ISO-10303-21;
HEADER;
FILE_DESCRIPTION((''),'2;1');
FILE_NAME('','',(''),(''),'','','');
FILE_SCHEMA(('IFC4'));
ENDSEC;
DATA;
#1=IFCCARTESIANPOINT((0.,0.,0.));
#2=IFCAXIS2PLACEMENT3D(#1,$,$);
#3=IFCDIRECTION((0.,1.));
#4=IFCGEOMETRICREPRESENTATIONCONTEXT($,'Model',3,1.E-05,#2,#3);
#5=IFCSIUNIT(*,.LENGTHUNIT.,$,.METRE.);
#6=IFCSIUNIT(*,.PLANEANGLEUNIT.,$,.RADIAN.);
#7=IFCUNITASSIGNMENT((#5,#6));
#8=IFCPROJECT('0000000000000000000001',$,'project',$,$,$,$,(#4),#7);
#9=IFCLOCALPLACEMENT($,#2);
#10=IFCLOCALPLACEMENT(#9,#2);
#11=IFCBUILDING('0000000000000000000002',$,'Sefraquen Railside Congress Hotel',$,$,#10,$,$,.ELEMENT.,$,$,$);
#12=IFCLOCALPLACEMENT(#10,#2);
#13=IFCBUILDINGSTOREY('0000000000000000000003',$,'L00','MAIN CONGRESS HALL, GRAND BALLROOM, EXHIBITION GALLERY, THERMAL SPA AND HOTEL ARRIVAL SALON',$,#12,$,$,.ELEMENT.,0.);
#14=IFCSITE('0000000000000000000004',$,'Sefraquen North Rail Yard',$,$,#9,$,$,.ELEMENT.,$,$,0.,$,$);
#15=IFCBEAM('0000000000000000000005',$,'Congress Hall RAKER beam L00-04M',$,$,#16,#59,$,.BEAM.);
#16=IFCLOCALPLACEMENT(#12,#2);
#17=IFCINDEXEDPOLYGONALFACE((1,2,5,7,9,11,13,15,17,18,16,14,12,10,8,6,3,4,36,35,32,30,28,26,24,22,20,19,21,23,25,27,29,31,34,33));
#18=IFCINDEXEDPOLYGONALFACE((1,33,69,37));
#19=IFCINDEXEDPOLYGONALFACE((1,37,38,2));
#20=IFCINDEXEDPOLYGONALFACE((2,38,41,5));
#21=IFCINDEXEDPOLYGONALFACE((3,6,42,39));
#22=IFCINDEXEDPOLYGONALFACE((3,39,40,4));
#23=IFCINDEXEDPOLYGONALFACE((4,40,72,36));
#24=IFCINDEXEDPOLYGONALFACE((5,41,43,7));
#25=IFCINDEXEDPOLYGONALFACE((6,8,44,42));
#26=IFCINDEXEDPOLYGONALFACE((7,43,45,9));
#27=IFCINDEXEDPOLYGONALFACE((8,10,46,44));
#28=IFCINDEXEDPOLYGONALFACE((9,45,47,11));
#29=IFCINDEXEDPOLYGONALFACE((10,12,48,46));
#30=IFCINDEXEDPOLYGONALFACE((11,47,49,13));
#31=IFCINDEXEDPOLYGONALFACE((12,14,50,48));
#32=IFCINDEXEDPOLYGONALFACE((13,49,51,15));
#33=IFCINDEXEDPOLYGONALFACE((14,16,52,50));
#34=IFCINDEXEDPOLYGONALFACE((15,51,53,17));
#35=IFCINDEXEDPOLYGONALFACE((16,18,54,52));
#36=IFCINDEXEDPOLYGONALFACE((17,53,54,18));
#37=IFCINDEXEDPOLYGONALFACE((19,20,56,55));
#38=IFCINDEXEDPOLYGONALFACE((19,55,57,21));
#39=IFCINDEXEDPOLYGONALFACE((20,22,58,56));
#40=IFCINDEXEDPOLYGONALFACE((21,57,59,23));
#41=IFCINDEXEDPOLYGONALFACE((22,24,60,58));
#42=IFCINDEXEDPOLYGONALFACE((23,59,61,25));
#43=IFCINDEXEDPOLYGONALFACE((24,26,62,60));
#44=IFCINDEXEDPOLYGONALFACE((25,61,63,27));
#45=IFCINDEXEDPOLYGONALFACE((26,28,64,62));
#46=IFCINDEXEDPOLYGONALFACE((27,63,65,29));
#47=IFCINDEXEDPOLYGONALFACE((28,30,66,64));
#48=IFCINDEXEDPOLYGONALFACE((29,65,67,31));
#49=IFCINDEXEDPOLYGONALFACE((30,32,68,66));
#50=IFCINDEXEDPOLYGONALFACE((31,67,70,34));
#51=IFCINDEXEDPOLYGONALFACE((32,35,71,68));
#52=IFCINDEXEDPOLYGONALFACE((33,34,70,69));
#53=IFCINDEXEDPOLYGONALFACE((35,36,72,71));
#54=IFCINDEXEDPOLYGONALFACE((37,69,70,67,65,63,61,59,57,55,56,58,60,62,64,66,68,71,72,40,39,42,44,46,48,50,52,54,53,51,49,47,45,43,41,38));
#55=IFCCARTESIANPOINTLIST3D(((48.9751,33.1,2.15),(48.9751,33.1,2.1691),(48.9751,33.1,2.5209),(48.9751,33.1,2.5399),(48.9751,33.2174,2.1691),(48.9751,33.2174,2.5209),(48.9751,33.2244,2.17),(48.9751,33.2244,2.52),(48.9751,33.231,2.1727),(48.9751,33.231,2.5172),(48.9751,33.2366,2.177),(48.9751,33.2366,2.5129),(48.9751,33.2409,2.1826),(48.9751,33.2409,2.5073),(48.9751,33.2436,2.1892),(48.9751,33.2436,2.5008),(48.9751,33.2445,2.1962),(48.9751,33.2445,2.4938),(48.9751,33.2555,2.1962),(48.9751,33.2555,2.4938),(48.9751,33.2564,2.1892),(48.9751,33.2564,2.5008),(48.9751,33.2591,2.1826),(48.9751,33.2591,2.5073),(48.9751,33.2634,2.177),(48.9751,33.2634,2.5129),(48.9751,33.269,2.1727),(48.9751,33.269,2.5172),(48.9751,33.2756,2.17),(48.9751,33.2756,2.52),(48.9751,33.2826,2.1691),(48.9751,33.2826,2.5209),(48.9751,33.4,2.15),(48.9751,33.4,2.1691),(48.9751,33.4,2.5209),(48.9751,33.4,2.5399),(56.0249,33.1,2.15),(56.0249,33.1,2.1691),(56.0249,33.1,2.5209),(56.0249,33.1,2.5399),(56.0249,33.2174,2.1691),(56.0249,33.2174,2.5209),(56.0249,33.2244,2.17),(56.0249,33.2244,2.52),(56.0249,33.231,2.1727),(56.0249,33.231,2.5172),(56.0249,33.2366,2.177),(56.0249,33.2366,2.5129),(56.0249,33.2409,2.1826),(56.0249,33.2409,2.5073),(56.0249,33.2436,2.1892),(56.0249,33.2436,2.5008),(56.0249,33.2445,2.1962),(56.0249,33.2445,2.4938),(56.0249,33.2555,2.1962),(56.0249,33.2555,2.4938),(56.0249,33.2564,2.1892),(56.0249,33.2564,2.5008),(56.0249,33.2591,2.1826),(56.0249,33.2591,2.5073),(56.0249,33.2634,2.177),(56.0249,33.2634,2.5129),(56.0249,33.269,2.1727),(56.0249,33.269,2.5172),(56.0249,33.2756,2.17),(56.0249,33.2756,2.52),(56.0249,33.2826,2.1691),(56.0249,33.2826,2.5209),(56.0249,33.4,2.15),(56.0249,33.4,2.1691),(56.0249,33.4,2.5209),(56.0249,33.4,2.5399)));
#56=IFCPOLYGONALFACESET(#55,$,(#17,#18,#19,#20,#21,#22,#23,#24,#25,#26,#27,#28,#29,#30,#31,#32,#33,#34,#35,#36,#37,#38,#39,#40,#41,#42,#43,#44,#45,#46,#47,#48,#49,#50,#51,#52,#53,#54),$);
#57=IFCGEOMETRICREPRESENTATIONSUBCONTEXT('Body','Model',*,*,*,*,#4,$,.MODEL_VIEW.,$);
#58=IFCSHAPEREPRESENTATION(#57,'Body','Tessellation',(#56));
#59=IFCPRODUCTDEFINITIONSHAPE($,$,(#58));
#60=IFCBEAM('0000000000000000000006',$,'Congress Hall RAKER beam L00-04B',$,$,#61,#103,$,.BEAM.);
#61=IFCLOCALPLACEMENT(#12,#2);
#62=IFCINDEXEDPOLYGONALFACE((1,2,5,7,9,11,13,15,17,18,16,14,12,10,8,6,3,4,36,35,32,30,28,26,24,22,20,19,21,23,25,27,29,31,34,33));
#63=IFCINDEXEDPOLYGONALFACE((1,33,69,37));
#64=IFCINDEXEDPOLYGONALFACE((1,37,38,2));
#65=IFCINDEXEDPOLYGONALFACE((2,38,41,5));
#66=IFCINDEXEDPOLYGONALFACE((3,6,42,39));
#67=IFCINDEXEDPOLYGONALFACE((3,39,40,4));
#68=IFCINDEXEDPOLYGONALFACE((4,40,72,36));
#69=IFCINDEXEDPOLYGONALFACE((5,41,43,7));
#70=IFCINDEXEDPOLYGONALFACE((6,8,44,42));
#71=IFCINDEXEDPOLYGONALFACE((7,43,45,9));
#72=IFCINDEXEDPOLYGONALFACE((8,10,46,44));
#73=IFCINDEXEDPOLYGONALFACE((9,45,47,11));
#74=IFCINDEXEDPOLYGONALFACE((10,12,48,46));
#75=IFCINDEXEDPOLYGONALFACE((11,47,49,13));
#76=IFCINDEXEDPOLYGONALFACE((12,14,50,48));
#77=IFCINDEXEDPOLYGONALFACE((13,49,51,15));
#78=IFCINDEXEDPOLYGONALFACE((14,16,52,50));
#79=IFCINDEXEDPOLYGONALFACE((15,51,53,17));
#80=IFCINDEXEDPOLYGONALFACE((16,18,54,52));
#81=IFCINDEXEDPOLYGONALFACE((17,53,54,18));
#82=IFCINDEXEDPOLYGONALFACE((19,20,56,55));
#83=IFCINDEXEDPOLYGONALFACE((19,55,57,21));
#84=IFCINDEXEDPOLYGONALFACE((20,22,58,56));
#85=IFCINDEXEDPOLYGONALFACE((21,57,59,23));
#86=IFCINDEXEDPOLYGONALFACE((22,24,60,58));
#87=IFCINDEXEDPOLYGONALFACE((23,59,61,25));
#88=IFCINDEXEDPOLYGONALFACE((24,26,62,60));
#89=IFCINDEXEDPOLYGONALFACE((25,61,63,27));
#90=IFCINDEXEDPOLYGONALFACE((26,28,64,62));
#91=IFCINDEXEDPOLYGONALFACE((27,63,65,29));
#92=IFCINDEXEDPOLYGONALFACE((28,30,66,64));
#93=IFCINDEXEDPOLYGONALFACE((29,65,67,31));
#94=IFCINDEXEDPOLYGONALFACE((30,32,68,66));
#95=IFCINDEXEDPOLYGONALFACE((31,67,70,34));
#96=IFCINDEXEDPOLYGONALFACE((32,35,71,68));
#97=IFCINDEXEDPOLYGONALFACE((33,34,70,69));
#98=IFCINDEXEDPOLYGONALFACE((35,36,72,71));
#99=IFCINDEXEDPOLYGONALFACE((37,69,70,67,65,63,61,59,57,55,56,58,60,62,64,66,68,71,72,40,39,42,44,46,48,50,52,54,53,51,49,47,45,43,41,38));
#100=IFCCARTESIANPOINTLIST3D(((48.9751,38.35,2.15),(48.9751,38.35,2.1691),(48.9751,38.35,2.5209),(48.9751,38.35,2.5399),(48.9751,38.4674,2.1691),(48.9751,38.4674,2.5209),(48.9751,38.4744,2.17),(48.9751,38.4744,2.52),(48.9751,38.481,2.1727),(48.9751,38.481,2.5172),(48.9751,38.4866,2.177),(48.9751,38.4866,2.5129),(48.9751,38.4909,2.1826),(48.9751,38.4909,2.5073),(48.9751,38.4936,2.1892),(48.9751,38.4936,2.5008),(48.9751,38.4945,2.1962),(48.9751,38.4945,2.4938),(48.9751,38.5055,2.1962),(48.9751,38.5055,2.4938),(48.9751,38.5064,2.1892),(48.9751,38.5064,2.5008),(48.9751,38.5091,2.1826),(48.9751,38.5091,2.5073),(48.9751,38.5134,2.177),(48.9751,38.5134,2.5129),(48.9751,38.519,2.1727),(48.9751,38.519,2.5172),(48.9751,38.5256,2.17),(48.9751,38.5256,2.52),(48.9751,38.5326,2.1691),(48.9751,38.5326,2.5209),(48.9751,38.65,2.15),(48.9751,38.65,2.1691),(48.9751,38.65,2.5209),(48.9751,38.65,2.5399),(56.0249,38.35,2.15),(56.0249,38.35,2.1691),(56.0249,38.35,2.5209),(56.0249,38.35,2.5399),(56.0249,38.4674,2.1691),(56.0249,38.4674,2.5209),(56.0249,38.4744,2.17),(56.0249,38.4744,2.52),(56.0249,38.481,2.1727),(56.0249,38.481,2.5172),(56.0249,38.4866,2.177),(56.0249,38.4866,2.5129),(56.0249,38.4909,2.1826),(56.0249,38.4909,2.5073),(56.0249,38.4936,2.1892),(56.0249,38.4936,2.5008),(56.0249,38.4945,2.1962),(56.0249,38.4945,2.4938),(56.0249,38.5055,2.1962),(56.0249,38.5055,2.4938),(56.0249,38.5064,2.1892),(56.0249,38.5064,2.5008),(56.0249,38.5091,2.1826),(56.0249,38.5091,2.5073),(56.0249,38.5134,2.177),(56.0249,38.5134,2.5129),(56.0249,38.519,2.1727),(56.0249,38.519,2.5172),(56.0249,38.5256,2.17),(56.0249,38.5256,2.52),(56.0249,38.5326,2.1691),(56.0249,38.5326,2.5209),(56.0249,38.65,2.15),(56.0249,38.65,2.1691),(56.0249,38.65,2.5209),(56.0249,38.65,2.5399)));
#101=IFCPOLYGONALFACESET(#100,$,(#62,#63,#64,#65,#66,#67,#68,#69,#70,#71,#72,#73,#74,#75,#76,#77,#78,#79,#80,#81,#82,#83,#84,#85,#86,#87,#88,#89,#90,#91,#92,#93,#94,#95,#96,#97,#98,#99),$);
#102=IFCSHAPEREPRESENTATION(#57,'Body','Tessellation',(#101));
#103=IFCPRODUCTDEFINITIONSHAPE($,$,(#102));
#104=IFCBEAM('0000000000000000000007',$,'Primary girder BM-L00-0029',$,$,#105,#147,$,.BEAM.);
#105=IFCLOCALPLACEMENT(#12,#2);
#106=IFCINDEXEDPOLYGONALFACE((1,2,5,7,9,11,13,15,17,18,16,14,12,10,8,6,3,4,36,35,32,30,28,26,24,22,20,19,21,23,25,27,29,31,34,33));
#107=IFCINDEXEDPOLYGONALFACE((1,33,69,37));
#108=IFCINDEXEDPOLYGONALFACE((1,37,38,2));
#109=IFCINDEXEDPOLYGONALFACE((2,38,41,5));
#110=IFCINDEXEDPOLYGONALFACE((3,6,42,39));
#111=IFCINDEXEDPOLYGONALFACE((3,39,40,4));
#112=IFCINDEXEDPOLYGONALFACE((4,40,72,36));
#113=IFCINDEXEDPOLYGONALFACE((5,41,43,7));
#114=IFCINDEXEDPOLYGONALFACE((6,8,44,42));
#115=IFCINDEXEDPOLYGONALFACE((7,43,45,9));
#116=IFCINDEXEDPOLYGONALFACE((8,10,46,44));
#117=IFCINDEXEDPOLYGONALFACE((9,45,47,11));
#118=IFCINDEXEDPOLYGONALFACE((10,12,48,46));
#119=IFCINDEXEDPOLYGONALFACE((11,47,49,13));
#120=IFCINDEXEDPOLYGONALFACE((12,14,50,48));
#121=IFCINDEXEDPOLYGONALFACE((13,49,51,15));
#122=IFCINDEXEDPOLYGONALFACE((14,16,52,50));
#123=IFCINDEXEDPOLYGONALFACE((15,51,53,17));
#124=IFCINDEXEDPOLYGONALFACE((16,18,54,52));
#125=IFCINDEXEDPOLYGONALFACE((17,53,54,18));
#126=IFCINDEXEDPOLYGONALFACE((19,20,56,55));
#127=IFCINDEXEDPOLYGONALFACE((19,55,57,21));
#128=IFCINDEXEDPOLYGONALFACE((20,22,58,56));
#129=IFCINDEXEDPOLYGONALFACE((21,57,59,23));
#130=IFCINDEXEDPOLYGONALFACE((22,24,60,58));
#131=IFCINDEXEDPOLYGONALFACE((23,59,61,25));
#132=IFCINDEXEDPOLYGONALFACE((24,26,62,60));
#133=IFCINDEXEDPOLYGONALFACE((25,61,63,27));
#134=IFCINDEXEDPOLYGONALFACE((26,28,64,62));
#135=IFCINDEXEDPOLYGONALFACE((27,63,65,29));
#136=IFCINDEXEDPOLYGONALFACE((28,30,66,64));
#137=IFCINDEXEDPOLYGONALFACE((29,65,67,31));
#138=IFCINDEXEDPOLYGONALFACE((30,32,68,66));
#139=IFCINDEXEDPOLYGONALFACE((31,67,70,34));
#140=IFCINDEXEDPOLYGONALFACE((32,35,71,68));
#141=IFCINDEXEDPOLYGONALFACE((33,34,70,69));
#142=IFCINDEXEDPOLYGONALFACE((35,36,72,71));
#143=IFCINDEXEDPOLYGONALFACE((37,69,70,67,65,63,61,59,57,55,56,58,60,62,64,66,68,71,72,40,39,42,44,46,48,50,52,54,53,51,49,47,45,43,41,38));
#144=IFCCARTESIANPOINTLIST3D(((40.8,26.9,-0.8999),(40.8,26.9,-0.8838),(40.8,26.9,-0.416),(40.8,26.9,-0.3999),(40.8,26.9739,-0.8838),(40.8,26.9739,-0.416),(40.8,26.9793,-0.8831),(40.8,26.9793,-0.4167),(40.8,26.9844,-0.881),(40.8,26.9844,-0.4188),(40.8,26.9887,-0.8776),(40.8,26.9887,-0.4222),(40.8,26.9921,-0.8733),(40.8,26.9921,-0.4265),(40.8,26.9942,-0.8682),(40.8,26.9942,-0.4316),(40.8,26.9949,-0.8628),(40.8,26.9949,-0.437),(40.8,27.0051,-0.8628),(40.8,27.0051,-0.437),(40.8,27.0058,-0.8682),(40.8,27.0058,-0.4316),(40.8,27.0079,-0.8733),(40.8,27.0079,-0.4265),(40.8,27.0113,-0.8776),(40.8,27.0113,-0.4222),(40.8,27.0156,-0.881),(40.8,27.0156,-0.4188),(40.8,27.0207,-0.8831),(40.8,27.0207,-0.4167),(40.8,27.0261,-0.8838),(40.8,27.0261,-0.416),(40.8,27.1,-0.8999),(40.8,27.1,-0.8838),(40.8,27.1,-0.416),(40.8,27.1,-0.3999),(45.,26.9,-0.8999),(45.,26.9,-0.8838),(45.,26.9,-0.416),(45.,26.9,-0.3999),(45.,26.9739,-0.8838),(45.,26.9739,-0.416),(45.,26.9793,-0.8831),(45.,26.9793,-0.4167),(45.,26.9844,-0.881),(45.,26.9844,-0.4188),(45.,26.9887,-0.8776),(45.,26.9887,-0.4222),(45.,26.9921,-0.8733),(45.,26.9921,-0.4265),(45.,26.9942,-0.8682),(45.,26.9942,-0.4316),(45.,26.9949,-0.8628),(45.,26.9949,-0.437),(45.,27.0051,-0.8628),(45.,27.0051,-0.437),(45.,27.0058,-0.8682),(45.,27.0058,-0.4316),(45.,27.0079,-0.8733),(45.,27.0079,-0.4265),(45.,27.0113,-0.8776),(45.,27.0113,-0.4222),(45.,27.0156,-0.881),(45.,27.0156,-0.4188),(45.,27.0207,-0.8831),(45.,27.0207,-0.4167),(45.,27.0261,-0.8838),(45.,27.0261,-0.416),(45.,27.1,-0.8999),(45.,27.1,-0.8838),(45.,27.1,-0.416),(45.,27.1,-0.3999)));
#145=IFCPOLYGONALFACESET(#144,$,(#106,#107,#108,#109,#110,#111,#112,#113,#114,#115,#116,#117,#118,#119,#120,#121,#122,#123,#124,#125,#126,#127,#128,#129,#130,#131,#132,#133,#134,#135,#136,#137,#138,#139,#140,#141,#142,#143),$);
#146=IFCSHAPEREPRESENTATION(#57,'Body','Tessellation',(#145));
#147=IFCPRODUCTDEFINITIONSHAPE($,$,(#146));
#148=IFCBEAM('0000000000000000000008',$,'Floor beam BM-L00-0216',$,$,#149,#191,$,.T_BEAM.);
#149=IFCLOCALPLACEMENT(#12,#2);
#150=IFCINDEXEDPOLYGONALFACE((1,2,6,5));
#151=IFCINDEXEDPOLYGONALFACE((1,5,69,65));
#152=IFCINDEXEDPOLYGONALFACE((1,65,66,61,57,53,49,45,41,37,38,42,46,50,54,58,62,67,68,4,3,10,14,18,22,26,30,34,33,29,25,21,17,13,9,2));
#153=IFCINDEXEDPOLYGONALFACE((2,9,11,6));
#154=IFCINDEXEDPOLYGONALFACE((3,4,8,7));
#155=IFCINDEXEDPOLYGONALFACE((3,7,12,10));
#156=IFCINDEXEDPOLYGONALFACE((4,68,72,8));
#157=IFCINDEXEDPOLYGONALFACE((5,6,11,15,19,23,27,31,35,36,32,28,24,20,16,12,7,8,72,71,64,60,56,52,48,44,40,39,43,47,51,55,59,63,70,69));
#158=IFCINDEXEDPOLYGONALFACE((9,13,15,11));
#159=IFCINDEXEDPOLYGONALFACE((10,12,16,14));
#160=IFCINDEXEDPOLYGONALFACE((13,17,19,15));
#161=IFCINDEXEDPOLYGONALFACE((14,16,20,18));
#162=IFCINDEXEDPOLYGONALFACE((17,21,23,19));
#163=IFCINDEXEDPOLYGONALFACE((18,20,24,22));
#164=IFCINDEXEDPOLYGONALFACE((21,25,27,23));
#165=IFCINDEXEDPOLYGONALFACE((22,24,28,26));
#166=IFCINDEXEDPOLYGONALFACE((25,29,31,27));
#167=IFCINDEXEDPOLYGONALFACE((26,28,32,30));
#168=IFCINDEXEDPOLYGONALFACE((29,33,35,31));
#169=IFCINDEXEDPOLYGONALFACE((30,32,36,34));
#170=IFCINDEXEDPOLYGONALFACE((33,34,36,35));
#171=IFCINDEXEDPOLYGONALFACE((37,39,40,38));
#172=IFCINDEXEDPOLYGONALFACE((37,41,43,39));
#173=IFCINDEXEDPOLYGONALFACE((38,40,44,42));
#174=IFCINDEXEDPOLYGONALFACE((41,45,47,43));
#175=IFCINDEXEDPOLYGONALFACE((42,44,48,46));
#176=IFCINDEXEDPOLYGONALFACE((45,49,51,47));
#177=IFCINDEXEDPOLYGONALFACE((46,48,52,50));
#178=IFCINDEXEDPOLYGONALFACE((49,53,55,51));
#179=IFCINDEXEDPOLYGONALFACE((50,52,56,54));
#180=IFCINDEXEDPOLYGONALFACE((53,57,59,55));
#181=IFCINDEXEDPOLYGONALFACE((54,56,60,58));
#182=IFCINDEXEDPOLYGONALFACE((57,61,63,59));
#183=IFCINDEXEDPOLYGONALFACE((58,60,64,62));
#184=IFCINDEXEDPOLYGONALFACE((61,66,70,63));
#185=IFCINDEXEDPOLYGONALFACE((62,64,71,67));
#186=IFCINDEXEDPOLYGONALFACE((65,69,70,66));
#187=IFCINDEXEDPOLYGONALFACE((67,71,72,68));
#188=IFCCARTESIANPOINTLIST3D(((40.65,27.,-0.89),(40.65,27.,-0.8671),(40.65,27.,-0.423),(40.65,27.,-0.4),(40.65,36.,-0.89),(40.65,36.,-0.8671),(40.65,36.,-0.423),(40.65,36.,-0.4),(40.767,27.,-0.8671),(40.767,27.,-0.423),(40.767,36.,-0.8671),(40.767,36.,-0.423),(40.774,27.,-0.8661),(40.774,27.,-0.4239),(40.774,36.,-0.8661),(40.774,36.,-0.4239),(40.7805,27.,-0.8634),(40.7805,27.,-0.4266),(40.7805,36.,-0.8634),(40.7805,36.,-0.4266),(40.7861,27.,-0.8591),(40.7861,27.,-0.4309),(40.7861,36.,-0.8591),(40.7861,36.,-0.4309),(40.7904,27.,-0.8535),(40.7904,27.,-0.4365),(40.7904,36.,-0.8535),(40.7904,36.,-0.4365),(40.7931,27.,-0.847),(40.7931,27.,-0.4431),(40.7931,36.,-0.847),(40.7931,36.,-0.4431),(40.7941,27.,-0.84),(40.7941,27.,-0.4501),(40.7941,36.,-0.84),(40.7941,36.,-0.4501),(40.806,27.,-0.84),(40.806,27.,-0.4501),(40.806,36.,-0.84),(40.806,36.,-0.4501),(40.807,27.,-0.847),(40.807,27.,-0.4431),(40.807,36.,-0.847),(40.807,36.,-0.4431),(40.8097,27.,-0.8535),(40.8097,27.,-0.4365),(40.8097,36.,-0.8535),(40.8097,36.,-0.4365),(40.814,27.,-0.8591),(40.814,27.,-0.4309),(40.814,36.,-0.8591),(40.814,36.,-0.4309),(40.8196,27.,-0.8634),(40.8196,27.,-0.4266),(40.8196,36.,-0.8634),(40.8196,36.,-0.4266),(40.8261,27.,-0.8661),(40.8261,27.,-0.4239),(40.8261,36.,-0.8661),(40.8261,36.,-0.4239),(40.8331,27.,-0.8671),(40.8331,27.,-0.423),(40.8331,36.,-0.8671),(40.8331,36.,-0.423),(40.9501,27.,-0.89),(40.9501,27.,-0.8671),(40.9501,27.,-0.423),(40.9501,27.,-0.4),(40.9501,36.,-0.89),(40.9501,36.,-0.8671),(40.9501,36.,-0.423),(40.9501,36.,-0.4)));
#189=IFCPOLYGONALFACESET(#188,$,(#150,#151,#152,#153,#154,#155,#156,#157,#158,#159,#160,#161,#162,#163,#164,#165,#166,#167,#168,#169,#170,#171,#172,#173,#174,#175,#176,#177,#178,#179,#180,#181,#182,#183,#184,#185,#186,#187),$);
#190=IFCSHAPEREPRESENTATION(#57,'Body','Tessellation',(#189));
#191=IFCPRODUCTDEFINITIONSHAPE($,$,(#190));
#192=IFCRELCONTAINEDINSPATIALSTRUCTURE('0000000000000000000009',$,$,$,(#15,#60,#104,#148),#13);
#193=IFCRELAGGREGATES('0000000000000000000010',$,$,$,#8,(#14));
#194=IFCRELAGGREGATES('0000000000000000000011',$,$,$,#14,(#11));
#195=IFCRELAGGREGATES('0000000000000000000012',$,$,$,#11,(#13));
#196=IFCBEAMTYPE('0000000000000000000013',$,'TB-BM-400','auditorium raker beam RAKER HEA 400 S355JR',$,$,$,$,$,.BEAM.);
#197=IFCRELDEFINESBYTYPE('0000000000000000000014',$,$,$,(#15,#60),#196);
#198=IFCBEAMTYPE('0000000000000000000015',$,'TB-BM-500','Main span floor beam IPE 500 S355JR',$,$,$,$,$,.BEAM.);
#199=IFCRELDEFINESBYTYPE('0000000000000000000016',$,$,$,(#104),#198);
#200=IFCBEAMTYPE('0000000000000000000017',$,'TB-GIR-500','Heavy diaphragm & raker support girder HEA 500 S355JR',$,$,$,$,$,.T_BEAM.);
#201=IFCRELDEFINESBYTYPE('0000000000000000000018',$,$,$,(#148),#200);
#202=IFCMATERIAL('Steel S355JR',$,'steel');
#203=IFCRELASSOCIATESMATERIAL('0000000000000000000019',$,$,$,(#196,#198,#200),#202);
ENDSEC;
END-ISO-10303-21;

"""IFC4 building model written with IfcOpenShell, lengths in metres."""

from ifc_helpers import new_model, si_unit, direction, frame, origin, origin_2d, place, context, subcontext, project, spatial, i_section, extrude, material, material_profile, profile_set, type_object, element, save


model = new_model("IFC4")

# Units and contexts
model_context = context("Model", 3, precision=1e-05, world=origin(), true_north=direction((0.0, 1.0)))
body_context = subcontext(model_context, "Body", "Model", "MODEL_VIEW")
ifc_project = project(units=[si_unit("LENGTHUNIT", "METRE"), si_unit("PLANEANGLEUNIT", "RADIAN")], contexts=[model_context])

# Site, building, storey
site_placement = place(None, origin())
site = spatial("IfcSite", under=ifc_project, at=site_placement, Name="Sefraquen North Rail Yard", CompositionType="ELEMENT", RefElevation=0.0)
building_placement = place(site_placement, origin())
building = spatial("IfcBuilding", under=site, at=building_placement, Name="Sefraquen Railside Congress Hotel", CompositionType="ELEMENT")
storey_placement = place(building_placement, origin())
storey = spatial("IfcBuildingStorey", under=building, at=storey_placement, Name="L00", Description="MAIN CONGRESS HALL, GRAND BALLROOM, EXHIBITION GALLERY, THERMAL SPA AND HOTEL ARRIVAL SALON", CompositionType="ELEMENT", Elevation=0.0)

# Shared definitions
ifc_material_1 = material(Name="Steel S355JR", Category="steel")

# Beams
ifc_material_profile_1 = material_profile(ifc_material_1, i_section(OverallWidth=0.3, OverallDepth=0.3899, WebThickness=0.011, FlangeThickness=0.019, FilletRadius=0.0271, at=origin_2d()), Name="HEA 400")
ifc_profile_set_1 = profile_set([ifc_material_profile_1], Name="Steel S355JR")
beam_type_1 = type_object("IfcBeamType", Name="TB-BM-400", Description="auditorium raker beam RAKER HEA 400 S355JR", PredefinedType="BEAM", material=ifc_profile_set_1)
for number, where, z_axis, x_axis, name in (
    (1, (48.9751, 33.25, 2.345), (1.0, 0.0, 0.0), (0.0, 1.0, 0.0), "Congress Hall RAKER beam L00-04M"),
    (2, (48.9751, 38.5, 2.345), (1.0, 0.0, 0.0), (0.0, 1.0, 0.0), "Congress Hall RAKER beam L00-04B"),
):
    element("IfcBeam", number, at=place(storey_placement, frame(where, z_axis=z_axis, x_axis=x_axis)), inside=storey, type_object=beam_type_1, Name=name, PredefinedType="BEAM", context=body_context, shape_type="SweptSolid", body=[
        extrude(i_section(OverallWidth=0.3, OverallDepth=0.3899, WebThickness=0.011, FlangeThickness=0.019, FilletRadius=0.0271, at=origin_2d()), origin(), (0.0, 0.0, 1.0), 7.0498),
    ])
ifc_material_profile_2 = material_profile(ifc_material_1, i_section(OverallWidth=0.2, OverallDepth=0.5, WebThickness=0.0103, FlangeThickness=0.0161, FilletRadius=0.021, at=origin_2d()), Name="IPE 500")
ifc_profile_set_2 = profile_set([ifc_material_profile_2], Name="Steel S355JR")
beam_type_2 = type_object("IfcBeamType", Name="TB-BM-500", Description="Main span floor beam IPE 500 S355JR", PredefinedType="BEAM", material=ifc_profile_set_2)
beam_placement = place(storey_placement, frame((40.8, 27.0, -0.6499), z_axis=(1.0, 0.0, 0.0), x_axis=(0.0, 1.0, 0.0)))
element("IfcBeam", 3, at=beam_placement, inside=storey, type_object=beam_type_2, Name="Primary girder BM-L00-0029", PredefinedType="BEAM", context=body_context, shape_type="SweptSolid", body=[
    extrude(i_section(OverallWidth=0.2, OverallDepth=0.5, WebThickness=0.0103, FlangeThickness=0.0161, FilletRadius=0.021, at=origin_2d()), origin(), (0.0, 0.0, 1.0), 4.2),
])
ifc_material_profile_3 = material_profile(ifc_material_1, i_section(OverallWidth=0.3, OverallDepth=0.49, WebThickness=0.012, FlangeThickness=0.0229, FilletRadius=0.0271, at=origin_2d()), Name="HEA 500")
ifc_profile_set_3 = profile_set([ifc_material_profile_3], Name="Steel S355JR")
beam_type_3 = type_object("IfcBeamType", Name="TB-GIR-500", Description="Heavy diaphragm & raker support girder HEA 500 S355JR", PredefinedType="T_BEAM", material=ifc_profile_set_3)
for number, where, z_axis, x_axis, name in (
    (4, (40.8, 27.0, -0.645), (0.0, 1.0, 0.0), (-1.0, 0.0, 0.0), "Floor beam BM-L00-0216"),
):
    element("IfcBeam", number, at=place(storey_placement, frame(where, z_axis=z_axis, x_axis=x_axis)), inside=storey, type_object=beam_type_3, Name=name, PredefinedType="T_BEAM", context=body_context, shape_type="SweptSolid", body=[
        extrude(i_section(OverallWidth=0.3, OverallDepth=0.49, WebThickness=0.012, FlangeThickness=0.0229, FilletRadius=0.0271, at=origin_2d()), origin(), (0.0, 0.0, 1.0), 9.0),
    ])

save(model, "model.ifc")
